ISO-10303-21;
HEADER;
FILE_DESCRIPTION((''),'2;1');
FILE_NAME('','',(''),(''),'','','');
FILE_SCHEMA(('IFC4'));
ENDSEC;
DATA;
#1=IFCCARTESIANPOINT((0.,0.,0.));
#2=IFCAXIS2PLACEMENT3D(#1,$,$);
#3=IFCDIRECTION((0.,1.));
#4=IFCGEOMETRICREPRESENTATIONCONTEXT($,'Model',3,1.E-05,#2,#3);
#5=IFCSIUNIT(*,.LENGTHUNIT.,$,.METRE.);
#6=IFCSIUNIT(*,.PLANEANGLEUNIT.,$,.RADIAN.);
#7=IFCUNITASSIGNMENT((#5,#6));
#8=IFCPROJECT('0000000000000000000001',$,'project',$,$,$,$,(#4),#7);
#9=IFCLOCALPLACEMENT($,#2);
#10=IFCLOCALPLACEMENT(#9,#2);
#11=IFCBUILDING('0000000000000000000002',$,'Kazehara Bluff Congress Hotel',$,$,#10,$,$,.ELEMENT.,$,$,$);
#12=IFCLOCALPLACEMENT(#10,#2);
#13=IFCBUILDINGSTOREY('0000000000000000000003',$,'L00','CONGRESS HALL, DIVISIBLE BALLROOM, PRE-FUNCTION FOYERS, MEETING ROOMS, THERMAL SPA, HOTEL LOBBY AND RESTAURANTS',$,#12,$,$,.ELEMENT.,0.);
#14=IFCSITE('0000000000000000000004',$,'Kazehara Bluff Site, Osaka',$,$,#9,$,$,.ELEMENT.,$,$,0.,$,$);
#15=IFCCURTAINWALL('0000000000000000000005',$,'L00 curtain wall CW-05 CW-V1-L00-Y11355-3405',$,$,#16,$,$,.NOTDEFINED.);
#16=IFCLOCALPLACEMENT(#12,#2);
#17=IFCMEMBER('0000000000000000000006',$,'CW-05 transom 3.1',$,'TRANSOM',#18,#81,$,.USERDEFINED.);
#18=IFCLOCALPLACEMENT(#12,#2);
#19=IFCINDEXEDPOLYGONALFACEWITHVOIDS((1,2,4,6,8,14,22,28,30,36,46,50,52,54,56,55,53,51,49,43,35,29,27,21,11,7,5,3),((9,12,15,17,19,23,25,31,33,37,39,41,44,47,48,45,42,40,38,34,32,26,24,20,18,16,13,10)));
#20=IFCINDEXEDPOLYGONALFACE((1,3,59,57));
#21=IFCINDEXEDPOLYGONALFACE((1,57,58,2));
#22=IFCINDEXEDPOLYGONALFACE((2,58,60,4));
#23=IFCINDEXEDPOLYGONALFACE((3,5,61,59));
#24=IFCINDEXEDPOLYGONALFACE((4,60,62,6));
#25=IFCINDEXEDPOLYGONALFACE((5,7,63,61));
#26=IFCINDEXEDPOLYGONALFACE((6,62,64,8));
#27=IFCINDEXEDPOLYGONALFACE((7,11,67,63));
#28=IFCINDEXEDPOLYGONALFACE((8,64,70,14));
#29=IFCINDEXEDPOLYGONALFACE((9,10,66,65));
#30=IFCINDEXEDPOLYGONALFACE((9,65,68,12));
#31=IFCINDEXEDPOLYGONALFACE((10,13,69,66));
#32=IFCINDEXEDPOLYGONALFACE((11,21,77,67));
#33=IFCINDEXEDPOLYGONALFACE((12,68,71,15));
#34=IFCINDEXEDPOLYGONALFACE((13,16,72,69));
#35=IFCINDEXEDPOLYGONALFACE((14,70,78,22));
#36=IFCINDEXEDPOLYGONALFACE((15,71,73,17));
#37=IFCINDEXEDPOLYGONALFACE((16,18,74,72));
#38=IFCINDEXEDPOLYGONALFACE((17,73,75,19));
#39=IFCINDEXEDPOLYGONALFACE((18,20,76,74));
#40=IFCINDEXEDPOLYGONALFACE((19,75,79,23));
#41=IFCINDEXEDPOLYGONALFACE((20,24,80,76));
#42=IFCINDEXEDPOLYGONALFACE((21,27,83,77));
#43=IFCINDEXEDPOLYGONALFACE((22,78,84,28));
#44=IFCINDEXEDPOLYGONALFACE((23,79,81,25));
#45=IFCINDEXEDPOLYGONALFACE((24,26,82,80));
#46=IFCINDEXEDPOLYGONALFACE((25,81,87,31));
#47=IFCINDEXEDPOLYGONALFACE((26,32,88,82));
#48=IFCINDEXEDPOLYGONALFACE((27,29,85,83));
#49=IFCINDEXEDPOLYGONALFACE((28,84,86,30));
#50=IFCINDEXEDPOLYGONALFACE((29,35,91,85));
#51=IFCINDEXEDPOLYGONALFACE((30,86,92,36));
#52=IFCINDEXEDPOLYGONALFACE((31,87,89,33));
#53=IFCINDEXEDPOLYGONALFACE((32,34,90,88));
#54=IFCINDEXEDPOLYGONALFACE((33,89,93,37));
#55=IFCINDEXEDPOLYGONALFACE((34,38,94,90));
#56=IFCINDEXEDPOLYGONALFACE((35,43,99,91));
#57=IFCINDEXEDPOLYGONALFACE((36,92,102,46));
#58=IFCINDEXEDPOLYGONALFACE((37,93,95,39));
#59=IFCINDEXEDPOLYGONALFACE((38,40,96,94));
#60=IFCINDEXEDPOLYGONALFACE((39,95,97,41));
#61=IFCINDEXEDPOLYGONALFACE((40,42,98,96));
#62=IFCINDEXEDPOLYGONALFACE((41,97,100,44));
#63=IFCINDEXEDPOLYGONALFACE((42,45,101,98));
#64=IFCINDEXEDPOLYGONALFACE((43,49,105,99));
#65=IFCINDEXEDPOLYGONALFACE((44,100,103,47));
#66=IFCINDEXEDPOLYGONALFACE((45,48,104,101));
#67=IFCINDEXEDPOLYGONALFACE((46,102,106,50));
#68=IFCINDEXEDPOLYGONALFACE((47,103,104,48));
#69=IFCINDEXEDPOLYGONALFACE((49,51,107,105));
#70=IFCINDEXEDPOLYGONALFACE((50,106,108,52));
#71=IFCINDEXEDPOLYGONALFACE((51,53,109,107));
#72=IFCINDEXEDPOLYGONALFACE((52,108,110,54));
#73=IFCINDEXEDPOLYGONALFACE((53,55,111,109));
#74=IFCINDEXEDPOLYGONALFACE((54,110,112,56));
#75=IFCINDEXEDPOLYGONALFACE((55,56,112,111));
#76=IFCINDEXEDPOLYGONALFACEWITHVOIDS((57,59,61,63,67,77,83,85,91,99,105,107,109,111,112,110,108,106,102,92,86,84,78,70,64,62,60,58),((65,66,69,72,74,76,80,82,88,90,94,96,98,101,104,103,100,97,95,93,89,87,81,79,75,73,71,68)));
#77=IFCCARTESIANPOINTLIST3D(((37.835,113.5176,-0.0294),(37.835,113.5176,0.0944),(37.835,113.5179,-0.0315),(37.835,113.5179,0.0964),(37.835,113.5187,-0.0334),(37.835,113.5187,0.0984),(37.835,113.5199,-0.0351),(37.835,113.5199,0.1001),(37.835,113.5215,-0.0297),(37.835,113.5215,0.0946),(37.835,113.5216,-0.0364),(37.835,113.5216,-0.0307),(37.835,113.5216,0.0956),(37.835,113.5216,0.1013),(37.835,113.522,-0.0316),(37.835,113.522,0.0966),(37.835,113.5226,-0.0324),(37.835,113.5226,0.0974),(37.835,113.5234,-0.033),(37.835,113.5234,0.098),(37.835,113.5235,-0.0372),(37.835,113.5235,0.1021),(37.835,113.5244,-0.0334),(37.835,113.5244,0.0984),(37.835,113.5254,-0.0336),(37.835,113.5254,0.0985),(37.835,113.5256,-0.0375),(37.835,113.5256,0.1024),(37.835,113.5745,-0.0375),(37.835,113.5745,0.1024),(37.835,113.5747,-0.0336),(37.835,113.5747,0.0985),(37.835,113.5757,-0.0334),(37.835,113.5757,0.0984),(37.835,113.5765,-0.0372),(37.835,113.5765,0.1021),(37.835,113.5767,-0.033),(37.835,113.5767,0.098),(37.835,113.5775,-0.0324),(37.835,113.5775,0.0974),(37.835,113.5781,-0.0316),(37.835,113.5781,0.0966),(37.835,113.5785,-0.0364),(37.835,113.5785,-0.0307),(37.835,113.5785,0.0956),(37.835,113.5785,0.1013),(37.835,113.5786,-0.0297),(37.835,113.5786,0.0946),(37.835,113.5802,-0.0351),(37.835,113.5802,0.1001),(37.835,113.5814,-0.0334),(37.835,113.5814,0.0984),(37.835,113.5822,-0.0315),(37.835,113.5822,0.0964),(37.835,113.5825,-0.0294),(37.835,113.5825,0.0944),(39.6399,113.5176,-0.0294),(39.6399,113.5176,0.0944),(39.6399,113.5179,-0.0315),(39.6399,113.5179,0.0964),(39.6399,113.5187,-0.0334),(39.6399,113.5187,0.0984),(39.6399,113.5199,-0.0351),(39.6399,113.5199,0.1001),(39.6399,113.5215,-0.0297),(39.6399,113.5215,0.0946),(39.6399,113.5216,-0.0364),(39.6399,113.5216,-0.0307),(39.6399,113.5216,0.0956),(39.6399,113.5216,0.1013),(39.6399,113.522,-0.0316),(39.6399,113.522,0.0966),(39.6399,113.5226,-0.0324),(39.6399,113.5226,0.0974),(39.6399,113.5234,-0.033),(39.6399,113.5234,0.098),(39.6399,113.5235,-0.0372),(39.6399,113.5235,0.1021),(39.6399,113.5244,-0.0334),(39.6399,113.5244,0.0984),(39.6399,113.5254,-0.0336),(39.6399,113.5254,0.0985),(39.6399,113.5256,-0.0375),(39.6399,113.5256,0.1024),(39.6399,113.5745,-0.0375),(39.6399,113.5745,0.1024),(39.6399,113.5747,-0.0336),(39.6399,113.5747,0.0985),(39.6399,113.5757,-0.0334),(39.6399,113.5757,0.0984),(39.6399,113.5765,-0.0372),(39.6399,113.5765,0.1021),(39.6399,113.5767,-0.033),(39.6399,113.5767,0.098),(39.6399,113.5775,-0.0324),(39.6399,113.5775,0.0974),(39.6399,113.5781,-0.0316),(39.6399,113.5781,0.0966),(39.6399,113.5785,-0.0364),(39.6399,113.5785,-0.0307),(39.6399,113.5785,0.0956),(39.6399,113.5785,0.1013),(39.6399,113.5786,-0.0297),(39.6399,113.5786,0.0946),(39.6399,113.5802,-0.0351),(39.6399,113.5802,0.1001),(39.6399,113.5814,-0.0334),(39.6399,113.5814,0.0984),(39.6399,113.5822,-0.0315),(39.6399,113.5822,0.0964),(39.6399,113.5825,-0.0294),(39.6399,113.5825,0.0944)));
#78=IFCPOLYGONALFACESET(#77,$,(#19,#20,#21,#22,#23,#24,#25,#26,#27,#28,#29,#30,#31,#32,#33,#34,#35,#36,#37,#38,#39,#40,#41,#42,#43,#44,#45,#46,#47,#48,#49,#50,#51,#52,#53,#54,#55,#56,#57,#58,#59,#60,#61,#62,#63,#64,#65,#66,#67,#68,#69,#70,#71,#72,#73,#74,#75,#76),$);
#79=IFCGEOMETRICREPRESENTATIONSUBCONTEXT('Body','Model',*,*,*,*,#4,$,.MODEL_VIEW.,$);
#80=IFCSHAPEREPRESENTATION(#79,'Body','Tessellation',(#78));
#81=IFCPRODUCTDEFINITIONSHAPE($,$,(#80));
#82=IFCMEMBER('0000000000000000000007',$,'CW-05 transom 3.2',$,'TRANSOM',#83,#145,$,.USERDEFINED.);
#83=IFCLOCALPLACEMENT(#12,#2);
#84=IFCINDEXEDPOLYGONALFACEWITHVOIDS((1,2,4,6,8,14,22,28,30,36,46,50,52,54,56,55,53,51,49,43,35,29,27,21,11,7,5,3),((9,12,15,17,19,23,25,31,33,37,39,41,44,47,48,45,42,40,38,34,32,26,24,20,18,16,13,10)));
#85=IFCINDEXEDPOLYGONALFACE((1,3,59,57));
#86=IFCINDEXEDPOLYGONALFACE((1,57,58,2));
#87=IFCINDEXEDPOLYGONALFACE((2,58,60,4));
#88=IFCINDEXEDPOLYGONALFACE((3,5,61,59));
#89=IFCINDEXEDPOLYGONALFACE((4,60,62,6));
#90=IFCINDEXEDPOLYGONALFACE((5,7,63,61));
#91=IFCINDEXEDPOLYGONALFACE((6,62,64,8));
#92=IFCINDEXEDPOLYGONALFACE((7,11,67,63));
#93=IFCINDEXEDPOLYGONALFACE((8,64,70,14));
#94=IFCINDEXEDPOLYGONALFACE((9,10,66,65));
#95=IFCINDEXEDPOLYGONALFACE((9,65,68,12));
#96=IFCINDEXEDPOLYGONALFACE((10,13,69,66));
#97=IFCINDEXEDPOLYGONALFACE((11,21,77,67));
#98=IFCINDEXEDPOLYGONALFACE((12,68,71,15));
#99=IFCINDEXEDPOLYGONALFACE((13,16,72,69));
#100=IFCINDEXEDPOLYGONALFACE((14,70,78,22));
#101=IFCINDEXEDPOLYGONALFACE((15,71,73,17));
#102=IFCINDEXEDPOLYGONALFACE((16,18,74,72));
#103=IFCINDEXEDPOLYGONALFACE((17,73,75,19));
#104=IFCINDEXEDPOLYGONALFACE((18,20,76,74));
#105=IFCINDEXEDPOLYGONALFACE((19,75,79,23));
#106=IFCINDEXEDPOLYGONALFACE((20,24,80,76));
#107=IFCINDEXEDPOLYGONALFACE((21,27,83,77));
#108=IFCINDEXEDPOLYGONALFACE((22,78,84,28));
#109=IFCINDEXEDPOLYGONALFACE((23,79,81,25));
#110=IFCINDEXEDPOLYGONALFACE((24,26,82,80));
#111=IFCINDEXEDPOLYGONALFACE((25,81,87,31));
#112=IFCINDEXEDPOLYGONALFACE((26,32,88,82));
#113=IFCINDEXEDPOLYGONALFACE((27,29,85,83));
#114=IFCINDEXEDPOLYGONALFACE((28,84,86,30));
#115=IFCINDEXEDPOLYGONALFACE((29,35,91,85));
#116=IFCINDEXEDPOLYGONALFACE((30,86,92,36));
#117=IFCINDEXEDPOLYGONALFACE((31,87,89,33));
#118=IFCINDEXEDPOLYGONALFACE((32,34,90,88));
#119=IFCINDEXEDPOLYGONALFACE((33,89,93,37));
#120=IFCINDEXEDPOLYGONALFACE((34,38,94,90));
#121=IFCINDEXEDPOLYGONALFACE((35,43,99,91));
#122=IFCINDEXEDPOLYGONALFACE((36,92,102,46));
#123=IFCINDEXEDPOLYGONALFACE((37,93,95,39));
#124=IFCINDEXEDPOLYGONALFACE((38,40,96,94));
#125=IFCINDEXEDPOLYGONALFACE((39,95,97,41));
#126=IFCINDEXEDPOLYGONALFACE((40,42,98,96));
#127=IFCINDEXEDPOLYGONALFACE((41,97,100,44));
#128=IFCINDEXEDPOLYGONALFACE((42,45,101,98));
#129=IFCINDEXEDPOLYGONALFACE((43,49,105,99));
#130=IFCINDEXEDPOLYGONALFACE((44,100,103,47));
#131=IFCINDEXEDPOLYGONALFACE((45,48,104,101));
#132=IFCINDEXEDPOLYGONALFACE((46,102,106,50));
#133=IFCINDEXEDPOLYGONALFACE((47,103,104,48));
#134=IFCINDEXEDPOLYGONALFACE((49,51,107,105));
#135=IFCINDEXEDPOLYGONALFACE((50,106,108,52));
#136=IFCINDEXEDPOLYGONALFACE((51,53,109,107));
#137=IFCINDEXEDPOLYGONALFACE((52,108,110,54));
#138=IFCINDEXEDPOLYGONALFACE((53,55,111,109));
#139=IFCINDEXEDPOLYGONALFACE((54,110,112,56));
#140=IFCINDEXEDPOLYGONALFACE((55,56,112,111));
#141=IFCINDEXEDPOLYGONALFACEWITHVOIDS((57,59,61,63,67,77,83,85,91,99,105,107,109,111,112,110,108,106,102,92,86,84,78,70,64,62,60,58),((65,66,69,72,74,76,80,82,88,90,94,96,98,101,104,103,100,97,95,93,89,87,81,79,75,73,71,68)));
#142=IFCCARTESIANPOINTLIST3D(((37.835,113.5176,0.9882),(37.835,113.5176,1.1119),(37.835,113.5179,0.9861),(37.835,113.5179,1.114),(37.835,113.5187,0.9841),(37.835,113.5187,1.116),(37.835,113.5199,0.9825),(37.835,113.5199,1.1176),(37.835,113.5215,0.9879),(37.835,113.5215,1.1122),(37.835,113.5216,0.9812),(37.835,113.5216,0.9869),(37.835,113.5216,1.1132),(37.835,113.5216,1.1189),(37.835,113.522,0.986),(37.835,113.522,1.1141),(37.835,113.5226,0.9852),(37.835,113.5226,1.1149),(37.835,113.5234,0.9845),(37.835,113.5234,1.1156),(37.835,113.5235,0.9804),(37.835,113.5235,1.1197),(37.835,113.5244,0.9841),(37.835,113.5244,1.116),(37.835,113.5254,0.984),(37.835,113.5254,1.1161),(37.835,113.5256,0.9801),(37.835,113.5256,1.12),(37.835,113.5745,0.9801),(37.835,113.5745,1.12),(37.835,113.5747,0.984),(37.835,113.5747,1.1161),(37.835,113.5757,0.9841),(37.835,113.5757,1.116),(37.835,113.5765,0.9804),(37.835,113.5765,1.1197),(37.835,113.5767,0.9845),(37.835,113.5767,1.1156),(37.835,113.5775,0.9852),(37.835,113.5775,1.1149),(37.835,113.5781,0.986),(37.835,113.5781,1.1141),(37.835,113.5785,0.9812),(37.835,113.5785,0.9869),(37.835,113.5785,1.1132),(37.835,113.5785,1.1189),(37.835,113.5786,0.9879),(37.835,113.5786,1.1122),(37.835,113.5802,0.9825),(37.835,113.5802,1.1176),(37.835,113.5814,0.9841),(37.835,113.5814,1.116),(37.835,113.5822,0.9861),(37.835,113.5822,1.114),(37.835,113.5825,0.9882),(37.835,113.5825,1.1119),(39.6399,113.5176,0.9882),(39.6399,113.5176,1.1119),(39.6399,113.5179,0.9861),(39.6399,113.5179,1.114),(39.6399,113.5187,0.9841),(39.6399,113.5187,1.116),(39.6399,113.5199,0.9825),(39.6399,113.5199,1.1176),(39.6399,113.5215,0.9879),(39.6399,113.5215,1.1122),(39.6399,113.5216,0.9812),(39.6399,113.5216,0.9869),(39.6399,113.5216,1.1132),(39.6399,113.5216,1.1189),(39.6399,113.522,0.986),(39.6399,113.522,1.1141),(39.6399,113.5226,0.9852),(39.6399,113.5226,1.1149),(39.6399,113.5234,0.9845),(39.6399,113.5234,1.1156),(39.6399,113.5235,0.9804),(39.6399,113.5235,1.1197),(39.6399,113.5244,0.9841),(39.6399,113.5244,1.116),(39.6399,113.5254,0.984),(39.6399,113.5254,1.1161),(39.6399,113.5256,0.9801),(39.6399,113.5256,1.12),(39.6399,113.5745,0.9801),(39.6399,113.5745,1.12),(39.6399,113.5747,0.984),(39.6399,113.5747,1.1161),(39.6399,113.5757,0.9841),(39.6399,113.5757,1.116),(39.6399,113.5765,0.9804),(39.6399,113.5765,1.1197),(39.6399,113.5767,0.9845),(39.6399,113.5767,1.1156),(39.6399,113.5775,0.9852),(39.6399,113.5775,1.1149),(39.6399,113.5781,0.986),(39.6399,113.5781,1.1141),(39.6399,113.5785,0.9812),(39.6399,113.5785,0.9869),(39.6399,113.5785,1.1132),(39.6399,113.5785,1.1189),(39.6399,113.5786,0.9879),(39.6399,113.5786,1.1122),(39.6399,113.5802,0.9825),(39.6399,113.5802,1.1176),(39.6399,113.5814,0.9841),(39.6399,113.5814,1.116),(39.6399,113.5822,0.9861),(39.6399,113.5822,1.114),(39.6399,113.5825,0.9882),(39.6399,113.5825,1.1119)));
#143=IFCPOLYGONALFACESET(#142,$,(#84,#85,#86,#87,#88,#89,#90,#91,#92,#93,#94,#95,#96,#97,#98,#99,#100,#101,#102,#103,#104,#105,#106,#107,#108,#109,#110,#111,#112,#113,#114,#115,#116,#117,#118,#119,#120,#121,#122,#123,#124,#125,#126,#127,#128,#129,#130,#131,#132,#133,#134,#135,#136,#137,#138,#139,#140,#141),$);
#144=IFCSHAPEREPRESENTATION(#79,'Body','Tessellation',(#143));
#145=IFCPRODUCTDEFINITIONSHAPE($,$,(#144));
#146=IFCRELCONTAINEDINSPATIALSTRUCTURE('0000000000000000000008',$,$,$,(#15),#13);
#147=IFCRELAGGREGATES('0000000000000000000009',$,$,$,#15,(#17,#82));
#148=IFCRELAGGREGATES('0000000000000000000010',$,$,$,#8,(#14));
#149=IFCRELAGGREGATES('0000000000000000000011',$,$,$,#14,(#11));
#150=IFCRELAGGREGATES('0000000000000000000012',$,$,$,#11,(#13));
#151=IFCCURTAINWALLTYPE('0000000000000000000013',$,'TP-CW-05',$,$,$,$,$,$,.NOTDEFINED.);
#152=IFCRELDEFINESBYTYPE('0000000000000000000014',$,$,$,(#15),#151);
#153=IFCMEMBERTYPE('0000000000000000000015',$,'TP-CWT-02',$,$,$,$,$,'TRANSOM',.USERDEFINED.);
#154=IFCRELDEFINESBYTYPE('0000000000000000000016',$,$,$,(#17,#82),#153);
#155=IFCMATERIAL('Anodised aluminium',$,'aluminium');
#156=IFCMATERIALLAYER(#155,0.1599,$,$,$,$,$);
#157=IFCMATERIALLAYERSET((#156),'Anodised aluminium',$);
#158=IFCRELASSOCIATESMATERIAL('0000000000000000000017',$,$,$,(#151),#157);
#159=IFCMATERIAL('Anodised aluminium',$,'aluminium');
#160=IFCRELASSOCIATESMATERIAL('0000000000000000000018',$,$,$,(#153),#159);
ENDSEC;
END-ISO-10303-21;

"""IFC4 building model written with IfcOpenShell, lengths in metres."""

from ifc_helpers import new_model, si_unit, direction, frame, origin, origin_2d, place, context, subcontext, project, spatial, hollow_rectangle, extrude, material, layer, layer_set, material_profile, profile_set, type_object, element, aggregate, save


model = new_model("IFC4")

# Units and contexts
model_context = context("Model", 3, precision=1e-05, world=origin(), true_north=direction((0.0, 1.0)))
body_context = subcontext(model_context, "Body", "Model", "MODEL_VIEW")
ifc_project = project(units=[si_unit("LENGTHUNIT", "METRE"), si_unit("PLANEANGLEUNIT", "RADIAN")], contexts=[model_context])

# Site, building, storey
site_placement = place(None, origin())
site = spatial("IfcSite", under=ifc_project, at=site_placement, Name="Kazehara Bluff Site, Osaka", CompositionType="ELEMENT", RefElevation=0.0)
building_placement = place(site_placement, origin())
building = spatial("IfcBuilding", under=site, at=building_placement, Name="Kazehara Bluff Congress Hotel", CompositionType="ELEMENT")
storey_placement = place(building_placement, origin())
storey = spatial("IfcBuildingStorey", under=building, at=storey_placement, Name="L00", Description="CONGRESS HALL, DIVISIBLE BALLROOM, PRE-FUNCTION FOYERS, MEETING ROOMS, THERMAL SPA, HOTEL LOBBY AND RESTAURANTS", CompositionType="ELEMENT", Elevation=0.0)

# Curtain wall
ifc_material_1 = material(Name="Anodised aluminium", Category="aluminium")
ifc_layer_1 = layer(ifc_material_1, 0.1599)
ifc_layer_set_1 = layer_set([ifc_layer_1], Name="Anodised aluminium")
curtain_wall_type_1 = type_object("IfcCurtainWallType", Name="TP-CW-05", PredefinedType="NOTDEFINED", material=ifc_layer_set_1)
curtain_wall_1_placement = place(storey_placement, origin())
curtain_wall_1 = element("IfcCurtainWall", 1, at=curtain_wall_1_placement, inside=storey, type_object=curtain_wall_type_1, Name="L00 curtain wall CW-05 CW-V1-L00-Y11355-3405", PredefinedType="NOTDEFINED")

# Members
ifc_material_2 = material(Name="Anodised aluminium", Category="aluminium")
ifc_material_profile_1 = material_profile(ifc_material_2, hollow_rectangle(XDim=0.0649, YDim=0.1399, WallThickness=0.0039, InnerFilletRadius=0.0039, OuterFilletRadius=0.0081, at=origin_2d()))
ifc_profile_set_1 = profile_set([ifc_material_profile_1], Name="Anodised aluminium")
member_type_1 = type_object("IfcMemberType", Name="TP-CWT-02", ElementType="TRANSOM", PredefinedType="USERDEFINED", material=ifc_profile_set_1)
member_1_placement = place(storey_placement, frame((37.835, 113.55, 0.0325), z_axis=(1.0, 0.0, 0.0), x_axis=(0.0, 1.0, 0.0)))
member_1 = element("IfcMember", 2, at=member_1_placement, type_object=member_type_1, Name="CW-05 transom 3.1", ObjectType="TRANSOM", PredefinedType="USERDEFINED", context=body_context, shape_type="SweptSolid", body=[
    extrude(hollow_rectangle(XDim=0.0649, YDim=0.1399, WallThickness=0.0039, InnerFilletRadius=0.0039, OuterFilletRadius=0.0081, at=origin_2d()), origin(), (0.0, 0.0, 1.0), 1.8049),
])
member_2_placement = place(storey_placement, frame((37.835, 113.55, 1.05), z_axis=(1.0, 0.0, 0.0), x_axis=(0.0, 1.0, 0.0)))
member_2 = element("IfcMember", 3, at=member_2_placement, type_object=member_type_1, Name="CW-05 transom 3.2", ObjectType="TRANSOM", PredefinedType="USERDEFINED", context=body_context, shape_type="SweptSolid", body=[
    extrude(hollow_rectangle(XDim=0.0649, YDim=0.1399, WallThickness=0.0039, InnerFilletRadius=0.0039, OuterFilletRadius=0.0081, at=origin_2d()), origin(), (0.0, 0.0, 1.0), 1.8049),
])

aggregate(curtain_wall_1, [member_1, member_2])

save(model, "model.ifc")
